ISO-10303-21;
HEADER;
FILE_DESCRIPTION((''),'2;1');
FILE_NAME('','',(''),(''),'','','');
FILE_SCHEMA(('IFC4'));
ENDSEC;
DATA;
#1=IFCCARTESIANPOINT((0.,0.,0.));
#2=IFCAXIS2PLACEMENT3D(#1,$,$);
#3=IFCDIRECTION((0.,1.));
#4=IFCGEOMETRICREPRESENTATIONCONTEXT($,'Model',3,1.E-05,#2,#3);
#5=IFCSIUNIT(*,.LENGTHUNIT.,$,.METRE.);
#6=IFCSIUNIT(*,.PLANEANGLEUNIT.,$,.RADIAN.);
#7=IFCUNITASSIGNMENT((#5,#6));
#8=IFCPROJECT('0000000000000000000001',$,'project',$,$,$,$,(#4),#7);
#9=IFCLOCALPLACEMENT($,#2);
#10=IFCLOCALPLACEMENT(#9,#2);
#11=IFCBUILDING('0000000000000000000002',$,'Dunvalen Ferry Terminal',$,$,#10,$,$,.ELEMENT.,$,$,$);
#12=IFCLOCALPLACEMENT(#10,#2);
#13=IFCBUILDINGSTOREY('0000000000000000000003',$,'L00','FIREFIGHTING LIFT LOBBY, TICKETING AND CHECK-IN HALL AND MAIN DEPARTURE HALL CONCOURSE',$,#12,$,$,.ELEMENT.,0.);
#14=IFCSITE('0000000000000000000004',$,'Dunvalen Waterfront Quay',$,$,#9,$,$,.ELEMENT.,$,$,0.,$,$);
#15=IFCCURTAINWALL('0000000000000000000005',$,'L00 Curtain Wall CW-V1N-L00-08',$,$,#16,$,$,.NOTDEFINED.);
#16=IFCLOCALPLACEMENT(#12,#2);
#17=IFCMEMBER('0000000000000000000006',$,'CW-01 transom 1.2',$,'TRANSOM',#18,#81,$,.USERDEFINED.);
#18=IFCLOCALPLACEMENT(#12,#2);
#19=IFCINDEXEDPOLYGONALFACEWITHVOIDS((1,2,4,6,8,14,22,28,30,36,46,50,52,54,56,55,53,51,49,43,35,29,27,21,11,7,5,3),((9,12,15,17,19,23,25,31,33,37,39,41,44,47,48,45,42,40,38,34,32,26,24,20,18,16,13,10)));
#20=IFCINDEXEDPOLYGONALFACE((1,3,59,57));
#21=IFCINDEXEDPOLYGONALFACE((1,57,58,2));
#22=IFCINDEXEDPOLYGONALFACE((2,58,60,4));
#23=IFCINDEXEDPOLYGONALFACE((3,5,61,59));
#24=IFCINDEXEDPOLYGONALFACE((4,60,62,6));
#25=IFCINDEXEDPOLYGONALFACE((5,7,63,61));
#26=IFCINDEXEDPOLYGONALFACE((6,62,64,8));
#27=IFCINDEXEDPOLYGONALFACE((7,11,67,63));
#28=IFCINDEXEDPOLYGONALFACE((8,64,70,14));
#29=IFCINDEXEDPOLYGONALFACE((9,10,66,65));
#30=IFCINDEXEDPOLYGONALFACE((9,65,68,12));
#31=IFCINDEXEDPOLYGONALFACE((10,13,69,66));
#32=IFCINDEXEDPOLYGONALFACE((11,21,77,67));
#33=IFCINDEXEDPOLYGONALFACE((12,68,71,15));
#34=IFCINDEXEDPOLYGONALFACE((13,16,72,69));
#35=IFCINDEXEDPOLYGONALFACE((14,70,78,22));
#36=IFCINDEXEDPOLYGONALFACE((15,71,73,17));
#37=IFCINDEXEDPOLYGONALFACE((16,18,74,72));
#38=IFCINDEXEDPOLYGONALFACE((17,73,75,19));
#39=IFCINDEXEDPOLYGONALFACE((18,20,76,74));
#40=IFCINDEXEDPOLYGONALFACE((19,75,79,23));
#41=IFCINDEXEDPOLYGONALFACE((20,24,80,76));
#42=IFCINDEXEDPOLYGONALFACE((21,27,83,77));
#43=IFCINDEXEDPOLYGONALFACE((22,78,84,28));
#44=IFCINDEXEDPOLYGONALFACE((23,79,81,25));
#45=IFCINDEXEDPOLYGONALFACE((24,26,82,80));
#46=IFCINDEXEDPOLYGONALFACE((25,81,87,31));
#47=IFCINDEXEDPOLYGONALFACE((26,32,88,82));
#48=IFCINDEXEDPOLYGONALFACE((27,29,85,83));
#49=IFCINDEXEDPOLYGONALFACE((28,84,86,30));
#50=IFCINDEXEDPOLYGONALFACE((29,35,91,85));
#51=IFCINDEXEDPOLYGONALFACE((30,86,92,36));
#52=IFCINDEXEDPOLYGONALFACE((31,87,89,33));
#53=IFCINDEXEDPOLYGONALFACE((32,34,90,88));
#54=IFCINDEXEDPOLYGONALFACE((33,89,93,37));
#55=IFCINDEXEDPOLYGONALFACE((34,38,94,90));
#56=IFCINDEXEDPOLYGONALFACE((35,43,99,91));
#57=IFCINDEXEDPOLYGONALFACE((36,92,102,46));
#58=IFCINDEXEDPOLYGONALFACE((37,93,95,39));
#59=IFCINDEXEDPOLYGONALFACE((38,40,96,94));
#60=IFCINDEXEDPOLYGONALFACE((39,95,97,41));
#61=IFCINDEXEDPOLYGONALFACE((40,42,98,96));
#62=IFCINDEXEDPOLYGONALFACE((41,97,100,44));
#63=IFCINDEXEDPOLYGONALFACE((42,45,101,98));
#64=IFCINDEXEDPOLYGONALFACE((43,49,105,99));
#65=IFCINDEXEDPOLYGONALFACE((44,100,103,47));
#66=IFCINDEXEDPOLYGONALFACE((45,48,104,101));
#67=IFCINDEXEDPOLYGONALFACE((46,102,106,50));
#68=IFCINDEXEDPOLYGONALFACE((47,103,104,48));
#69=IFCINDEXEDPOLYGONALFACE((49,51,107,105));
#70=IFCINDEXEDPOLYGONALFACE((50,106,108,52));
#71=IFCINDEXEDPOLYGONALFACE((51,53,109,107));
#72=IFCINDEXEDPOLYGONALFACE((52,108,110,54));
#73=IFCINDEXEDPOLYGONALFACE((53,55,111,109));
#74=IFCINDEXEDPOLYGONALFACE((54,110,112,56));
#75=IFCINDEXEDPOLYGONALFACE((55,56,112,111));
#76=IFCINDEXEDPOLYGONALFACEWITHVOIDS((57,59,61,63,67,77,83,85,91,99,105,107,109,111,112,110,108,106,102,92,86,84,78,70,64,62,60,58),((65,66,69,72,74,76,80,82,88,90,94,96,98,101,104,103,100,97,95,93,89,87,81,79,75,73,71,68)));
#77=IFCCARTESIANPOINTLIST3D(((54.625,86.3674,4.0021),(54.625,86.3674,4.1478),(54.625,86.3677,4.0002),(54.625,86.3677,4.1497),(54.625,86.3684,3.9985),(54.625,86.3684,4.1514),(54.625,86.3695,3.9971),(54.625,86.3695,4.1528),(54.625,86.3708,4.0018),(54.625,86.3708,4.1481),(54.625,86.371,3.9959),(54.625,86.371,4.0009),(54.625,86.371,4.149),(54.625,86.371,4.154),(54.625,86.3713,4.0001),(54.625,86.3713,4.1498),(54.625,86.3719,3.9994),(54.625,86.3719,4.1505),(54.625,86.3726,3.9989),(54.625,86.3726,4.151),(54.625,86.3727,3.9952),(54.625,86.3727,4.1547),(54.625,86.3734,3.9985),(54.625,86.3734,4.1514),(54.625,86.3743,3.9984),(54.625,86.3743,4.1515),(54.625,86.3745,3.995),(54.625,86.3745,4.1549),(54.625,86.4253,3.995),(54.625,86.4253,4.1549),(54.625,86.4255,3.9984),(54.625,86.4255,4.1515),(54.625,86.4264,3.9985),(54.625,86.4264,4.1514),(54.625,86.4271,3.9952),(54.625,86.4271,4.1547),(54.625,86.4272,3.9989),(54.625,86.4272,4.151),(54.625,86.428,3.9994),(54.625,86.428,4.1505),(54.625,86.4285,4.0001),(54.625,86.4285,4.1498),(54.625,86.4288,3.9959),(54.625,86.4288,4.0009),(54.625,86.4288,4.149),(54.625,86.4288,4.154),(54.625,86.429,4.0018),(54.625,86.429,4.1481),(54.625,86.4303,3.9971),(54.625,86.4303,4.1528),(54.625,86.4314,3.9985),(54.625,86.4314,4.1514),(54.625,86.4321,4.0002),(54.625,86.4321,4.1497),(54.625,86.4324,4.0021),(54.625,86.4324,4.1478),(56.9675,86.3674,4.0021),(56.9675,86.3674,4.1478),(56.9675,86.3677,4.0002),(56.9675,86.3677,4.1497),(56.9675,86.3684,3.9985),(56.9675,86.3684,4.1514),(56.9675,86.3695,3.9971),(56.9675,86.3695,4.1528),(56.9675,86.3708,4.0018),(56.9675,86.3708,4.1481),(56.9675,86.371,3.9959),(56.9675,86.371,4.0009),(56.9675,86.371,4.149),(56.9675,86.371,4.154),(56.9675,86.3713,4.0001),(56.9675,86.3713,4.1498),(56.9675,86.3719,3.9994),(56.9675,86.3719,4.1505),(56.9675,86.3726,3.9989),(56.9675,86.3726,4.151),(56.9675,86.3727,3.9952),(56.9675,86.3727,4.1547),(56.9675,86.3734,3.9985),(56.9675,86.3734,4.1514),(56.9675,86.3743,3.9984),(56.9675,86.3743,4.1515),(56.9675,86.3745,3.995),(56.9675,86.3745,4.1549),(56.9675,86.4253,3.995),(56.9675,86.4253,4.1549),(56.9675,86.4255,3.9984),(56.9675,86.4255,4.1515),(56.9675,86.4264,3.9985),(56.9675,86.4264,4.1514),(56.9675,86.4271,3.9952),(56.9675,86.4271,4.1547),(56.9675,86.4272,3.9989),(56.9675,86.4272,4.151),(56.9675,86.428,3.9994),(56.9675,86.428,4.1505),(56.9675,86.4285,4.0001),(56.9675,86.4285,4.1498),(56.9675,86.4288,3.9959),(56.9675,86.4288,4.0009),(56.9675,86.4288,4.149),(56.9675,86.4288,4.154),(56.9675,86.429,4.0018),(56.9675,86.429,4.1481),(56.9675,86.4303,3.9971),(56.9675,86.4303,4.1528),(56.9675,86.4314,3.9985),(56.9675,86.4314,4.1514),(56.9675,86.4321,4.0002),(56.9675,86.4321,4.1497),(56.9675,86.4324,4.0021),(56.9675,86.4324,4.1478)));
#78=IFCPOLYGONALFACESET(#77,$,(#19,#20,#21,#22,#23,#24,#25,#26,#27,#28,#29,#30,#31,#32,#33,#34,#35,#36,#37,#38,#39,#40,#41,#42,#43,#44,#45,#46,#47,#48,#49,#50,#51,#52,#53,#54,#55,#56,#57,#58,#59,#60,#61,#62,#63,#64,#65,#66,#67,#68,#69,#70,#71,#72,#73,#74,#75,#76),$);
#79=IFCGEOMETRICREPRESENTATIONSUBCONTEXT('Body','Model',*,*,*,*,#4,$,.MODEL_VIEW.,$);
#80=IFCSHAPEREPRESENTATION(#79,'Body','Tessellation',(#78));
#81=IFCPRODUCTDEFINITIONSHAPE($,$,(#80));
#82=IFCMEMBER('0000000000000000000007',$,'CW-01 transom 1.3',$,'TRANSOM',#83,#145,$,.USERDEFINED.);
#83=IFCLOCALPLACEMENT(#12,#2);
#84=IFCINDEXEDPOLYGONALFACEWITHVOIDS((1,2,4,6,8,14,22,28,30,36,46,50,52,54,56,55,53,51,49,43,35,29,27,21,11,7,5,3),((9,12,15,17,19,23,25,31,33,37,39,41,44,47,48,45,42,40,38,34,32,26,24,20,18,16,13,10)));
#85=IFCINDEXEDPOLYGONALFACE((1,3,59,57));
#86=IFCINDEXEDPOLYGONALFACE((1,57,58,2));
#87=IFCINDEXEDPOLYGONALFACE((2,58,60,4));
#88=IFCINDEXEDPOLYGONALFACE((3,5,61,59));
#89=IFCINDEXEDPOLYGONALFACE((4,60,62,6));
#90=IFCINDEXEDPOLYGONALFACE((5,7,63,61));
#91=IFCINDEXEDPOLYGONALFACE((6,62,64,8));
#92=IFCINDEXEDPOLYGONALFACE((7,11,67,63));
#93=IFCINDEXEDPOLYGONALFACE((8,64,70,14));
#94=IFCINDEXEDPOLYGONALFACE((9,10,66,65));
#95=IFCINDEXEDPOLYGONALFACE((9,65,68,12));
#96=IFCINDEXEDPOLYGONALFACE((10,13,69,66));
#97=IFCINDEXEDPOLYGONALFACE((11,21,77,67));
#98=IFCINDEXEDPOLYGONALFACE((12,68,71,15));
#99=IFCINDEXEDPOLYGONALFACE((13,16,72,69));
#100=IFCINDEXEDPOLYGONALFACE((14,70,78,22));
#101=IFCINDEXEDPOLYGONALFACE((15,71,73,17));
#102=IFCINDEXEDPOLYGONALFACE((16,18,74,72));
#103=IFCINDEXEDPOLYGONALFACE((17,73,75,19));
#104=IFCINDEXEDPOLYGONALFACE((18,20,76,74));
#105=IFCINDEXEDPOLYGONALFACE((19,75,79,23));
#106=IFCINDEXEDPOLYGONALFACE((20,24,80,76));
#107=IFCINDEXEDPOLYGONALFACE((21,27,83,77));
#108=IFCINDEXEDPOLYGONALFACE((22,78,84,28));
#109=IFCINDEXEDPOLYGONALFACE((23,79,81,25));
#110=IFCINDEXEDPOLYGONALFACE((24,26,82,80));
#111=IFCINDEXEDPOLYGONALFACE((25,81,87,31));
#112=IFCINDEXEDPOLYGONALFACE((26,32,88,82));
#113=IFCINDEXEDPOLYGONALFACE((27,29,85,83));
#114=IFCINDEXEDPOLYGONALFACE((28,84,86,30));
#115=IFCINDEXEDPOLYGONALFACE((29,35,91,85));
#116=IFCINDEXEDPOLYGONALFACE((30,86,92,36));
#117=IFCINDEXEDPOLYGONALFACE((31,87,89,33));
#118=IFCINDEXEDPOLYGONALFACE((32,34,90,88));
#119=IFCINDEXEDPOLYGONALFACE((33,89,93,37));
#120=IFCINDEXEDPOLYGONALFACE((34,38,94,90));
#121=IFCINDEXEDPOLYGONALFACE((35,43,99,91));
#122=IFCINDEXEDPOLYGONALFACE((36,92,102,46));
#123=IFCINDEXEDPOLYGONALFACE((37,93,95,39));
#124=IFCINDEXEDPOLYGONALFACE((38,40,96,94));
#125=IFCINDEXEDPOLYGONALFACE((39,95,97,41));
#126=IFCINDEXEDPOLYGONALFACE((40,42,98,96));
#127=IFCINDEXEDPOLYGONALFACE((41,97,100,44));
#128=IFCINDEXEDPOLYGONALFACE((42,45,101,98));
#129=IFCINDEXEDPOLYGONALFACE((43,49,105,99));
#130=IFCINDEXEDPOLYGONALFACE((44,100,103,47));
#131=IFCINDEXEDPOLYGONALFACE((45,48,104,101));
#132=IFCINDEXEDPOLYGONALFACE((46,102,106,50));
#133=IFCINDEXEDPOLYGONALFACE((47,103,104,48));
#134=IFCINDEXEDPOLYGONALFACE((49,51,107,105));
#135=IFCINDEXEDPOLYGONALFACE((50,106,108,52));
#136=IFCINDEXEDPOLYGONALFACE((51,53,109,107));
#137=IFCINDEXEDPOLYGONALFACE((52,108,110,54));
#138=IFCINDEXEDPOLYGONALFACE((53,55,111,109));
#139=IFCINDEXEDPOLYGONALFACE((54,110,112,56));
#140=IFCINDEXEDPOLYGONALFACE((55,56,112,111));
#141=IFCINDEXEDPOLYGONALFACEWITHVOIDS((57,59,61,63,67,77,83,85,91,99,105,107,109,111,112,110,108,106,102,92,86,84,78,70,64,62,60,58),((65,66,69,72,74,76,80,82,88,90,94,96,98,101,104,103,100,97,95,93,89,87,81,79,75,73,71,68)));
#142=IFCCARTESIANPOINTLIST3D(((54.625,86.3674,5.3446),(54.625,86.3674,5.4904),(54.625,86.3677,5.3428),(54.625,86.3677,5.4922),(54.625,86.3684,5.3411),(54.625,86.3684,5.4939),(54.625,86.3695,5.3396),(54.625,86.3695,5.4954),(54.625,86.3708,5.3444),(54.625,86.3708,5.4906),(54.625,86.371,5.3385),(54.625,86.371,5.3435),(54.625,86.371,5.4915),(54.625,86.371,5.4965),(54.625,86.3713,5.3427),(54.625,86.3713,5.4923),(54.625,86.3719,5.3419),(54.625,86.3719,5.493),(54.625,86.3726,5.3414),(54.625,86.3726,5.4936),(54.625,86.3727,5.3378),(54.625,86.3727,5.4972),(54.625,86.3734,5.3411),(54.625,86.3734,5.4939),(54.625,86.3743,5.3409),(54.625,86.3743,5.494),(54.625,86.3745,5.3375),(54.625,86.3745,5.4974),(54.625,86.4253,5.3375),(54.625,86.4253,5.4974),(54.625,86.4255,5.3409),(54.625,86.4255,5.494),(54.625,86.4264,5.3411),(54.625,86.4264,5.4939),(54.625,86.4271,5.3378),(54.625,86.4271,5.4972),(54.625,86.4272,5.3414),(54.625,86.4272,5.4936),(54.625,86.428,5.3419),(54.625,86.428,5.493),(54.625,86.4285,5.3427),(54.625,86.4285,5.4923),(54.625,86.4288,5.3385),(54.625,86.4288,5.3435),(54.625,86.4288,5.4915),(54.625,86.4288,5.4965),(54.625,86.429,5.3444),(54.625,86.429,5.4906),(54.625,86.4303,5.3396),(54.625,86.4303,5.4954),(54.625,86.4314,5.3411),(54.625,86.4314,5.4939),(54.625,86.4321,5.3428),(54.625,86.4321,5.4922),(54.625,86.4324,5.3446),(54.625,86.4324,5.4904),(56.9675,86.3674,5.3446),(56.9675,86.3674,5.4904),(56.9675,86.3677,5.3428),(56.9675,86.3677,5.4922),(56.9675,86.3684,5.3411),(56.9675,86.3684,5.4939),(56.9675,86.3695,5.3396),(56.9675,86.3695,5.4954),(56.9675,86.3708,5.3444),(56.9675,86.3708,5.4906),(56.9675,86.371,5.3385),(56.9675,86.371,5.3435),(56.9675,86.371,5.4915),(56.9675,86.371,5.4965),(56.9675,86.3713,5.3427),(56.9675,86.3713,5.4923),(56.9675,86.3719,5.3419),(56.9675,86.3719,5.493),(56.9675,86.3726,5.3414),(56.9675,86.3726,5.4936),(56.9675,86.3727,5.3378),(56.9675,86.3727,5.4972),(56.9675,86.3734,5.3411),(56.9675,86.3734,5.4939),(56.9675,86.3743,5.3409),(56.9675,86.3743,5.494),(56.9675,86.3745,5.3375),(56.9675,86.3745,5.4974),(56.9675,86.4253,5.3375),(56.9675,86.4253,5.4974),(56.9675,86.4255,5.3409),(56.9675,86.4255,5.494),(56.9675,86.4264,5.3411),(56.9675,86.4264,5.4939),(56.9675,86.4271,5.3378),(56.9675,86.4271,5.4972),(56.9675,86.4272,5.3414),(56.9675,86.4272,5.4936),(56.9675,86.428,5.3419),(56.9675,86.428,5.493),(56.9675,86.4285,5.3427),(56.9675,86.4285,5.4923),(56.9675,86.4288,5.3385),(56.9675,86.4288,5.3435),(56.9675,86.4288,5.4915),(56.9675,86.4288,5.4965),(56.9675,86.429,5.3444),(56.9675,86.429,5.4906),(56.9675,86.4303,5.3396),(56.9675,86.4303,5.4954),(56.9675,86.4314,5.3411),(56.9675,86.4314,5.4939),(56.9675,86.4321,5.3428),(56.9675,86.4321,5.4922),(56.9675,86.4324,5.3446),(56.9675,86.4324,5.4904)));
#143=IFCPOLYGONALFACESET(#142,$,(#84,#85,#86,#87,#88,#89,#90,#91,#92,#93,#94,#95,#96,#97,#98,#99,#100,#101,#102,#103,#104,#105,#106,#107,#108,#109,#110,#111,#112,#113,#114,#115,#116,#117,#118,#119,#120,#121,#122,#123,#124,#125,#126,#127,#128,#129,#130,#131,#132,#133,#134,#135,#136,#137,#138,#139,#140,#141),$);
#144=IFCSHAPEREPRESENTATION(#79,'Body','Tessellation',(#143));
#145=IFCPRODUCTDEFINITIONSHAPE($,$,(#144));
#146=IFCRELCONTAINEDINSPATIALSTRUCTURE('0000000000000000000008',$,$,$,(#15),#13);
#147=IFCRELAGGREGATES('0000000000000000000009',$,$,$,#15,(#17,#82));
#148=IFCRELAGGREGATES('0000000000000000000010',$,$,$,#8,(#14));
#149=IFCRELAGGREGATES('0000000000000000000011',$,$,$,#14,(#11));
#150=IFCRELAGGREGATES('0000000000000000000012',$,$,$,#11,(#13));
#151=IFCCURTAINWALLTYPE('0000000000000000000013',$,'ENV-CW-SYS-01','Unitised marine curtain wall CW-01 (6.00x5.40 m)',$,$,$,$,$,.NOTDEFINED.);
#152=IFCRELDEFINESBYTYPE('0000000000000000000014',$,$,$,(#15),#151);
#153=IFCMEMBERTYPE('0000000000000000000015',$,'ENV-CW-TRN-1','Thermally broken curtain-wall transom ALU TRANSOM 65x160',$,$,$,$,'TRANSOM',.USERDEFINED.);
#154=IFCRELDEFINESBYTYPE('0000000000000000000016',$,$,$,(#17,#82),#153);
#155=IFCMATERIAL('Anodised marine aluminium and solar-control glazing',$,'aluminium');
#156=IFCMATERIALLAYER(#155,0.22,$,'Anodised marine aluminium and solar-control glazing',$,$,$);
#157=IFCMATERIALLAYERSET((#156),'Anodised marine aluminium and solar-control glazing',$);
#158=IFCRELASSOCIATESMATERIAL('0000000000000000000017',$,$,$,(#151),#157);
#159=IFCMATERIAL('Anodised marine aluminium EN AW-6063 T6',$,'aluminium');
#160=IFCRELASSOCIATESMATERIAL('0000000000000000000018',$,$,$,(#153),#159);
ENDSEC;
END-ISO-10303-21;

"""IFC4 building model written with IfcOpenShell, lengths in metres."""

from ifc_helpers import new_model, si_unit, direction, frame, origin, origin_2d, place, context, subcontext, project, spatial, hollow_rectangle, extrude, material, layer, layer_set, material_profile, profile_set, type_object, element, aggregate, save


model = new_model("IFC4")

# Units and contexts
model_context = context("Model", 3, precision=1e-05, world=origin(), true_north=direction((0.0, 1.0)))
body_context = subcontext(model_context, "Body", "Model", "MODEL_VIEW")
ifc_project = project(units=[si_unit("LENGTHUNIT", "METRE"), si_unit("PLANEANGLEUNIT", "RADIAN")], contexts=[model_context])

# Site, building, storey
site_placement = place(None, origin())
site = spatial("IfcSite", under=ifc_project, at=site_placement, Name="Dunvalen Waterfront Quay", CompositionType="ELEMENT", RefElevation=0.0)
building_placement = place(site_placement, origin())
building = spatial("IfcBuilding", under=site, at=building_placement, Name="Dunvalen Ferry Terminal", CompositionType="ELEMENT")
storey_placement = place(building_placement, origin())
storey = spatial("IfcBuildingStorey", under=building, at=storey_placement, Name="L00", Description="FIREFIGHTING LIFT LOBBY, TICKETING AND CHECK-IN HALL AND MAIN DEPARTURE HALL CONCOURSE", CompositionType="ELEMENT", Elevation=0.0)

# Shared definitions
ifc_material_1 = material(Name="Anodised marine aluminium and solar-control glazing", Category="aluminium")
ifc_layer_1 = layer(ifc_material_1, 0.22, Name="Anodised marine aluminium and solar-control glazing")
ifc_layer_set_1 = layer_set([ifc_layer_1], Name="Anodised marine aluminium and solar-control glazing")
curtain_wall_type = type_object("IfcCurtainWallType", Name="ENV-CW-SYS-01", Description="Unitised marine curtain wall CW-01 (6.00x5.40 m)", PredefinedType="NOTDEFINED", material=ifc_layer_set_1)
ifc_material_2 = material(Name="Anodised marine aluminium EN AW-6063 T6", Category="aluminium")

# Curtain wall
curtain_wall_1_placement = place(storey_placement, origin())
curtain_wall_1 = element("IfcCurtainWall", 1, at=curtain_wall_1_placement, inside=storey, type_object=curtain_wall_type, Name="L00 Curtain Wall CW-V1N-L00-08", PredefinedType="NOTDEFINED")

# Members
ifc_material_profile_1 = material_profile(ifc_material_2, hollow_rectangle(XDim=0.0649, YDim=0.1599, WallThickness=0.0034, InnerFilletRadius=0.0034, OuterFilletRadius=0.0071, at=origin_2d()), Name="Anodised marine aluminium EN AW-6063 T6")
ifc_profile_set_1 = profile_set([ifc_material_profile_1], Name="Anodised marine aluminium EN AW-6063 T6")
member_type_1 = type_object("IfcMemberType", Name="ENV-CW-TRN-1", Description="Thermally broken curtain-wall transom ALU TRANSOM 65x160", ElementType="TRANSOM", PredefinedType="USERDEFINED", material=ifc_profile_set_1)
member_1_placement = place(storey_placement, frame((54.625, 86.3999, 4.075), z_axis=(1.0, 0.0, 0.0), x_axis=(0.0, 1.0, 0.0)))
member_1 = element("IfcMember", 2, at=member_1_placement, type_object=member_type_1, Name="CW-01 transom 1.2", ObjectType="TRANSOM", PredefinedType="USERDEFINED", context=body_context, shape_type="SweptSolid", body=[
    extrude(hollow_rectangle(XDim=0.0649, YDim=0.1599, WallThickness=0.0034, InnerFilletRadius=0.0034, OuterFilletRadius=0.0071, at=origin_2d()), origin(), (0.0, 0.0, 1.0), 2.3425),
])
member_2_placement = place(storey_placement, frame((54.625, 86.3999, 5.4175), z_axis=(1.0, 0.0, 0.0), x_axis=(0.0, 1.0, 0.0)))
member_2 = element("IfcMember", 3, at=member_2_placement, type_object=member_type_1, Name="CW-01 transom 1.3", ObjectType="TRANSOM", PredefinedType="USERDEFINED", context=body_context, shape_type="SweptSolid", body=[
    extrude(hollow_rectangle(XDim=0.0649, YDim=0.1599, WallThickness=0.0034, InnerFilletRadius=0.0034, OuterFilletRadius=0.0071, at=origin_2d()), origin(), (0.0, 0.0, 1.0), 2.3425),
])

aggregate(curtain_wall_1, [member_1, member_2])

save(model, "model.ifc")
